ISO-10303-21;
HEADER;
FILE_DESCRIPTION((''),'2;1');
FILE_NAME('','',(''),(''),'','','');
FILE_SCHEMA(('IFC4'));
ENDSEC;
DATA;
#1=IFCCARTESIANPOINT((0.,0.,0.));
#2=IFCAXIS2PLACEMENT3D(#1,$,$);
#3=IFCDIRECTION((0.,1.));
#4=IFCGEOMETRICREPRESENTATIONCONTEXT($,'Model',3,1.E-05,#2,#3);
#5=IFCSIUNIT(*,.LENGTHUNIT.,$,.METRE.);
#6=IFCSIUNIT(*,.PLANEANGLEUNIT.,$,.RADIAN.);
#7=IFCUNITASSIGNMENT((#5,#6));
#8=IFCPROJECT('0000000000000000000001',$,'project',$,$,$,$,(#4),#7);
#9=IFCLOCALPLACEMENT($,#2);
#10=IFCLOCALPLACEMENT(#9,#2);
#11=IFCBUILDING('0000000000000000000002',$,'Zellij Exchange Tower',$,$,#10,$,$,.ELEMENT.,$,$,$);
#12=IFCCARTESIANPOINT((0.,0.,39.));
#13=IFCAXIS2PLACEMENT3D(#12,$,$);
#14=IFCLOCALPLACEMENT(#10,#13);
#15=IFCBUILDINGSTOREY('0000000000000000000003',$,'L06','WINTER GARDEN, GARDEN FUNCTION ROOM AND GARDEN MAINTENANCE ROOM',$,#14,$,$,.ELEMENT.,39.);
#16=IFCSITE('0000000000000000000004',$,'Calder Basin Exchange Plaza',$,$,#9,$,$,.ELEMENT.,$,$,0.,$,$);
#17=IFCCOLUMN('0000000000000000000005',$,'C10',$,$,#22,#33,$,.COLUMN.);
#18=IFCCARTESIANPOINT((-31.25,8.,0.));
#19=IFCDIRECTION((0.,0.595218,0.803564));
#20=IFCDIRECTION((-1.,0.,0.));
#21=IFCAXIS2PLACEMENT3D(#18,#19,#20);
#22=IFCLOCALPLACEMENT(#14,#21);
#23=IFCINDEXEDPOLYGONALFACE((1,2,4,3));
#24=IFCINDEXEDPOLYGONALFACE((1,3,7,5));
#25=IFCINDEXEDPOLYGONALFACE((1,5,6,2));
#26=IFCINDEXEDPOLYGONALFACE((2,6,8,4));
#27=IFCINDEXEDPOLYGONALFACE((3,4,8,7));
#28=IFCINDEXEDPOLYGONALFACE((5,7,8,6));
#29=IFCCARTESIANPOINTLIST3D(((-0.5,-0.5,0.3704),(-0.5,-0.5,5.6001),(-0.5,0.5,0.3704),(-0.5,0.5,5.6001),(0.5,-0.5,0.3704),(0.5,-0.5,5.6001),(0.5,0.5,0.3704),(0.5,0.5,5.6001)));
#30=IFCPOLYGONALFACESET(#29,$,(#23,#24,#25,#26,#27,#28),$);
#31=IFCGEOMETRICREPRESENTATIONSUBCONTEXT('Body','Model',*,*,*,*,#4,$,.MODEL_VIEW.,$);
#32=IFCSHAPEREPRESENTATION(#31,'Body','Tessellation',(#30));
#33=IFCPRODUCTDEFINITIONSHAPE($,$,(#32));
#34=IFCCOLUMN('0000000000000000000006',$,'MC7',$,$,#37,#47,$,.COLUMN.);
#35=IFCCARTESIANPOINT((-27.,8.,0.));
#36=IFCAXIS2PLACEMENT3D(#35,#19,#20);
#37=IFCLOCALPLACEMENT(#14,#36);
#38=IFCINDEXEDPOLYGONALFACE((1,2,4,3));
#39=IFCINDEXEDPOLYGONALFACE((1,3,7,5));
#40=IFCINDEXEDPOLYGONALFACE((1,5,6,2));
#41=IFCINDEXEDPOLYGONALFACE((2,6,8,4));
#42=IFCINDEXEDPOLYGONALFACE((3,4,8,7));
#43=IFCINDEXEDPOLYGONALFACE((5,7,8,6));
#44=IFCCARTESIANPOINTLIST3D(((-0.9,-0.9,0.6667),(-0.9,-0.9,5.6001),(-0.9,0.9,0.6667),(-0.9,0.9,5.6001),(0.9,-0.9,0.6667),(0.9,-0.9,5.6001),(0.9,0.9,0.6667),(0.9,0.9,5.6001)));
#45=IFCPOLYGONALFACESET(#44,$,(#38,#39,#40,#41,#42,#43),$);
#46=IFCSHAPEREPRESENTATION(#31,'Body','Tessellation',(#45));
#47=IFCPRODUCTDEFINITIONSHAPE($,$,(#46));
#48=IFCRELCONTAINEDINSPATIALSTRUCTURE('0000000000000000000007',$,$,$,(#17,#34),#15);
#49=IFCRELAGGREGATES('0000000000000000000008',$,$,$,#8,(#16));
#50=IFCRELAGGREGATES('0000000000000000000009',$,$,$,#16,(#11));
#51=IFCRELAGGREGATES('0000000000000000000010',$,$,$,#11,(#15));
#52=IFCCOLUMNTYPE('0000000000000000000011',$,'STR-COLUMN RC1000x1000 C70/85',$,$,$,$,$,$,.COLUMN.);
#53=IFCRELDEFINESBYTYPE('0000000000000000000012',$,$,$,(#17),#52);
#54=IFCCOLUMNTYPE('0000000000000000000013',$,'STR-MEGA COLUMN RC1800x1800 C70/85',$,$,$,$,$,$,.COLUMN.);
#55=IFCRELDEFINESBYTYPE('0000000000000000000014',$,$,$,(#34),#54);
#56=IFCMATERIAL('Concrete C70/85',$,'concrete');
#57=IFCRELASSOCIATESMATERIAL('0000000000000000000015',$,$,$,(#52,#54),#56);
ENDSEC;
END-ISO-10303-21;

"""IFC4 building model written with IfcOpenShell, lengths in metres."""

from ifc_helpers import new_model, si_unit, direction, frame, origin, origin_2d, place, context, subcontext, project, spatial, rectangle, extrude, clip, halfspace, material, material_profile, profile_set, type_object, element, save


model = new_model("IFC4")

# Units and contexts
model_context = context("Model", 3, precision=1e-05, world=origin(), true_north=direction((0.0, 1.0)))
body_context = subcontext(model_context, "Body", "Model", "MODEL_VIEW")
ifc_project = project(units=[si_unit("LENGTHUNIT", "METRE"), si_unit("PLANEANGLEUNIT", "RADIAN")], contexts=[model_context])

# Site, building, storey
site_placement = place(None, origin())
site = spatial("IfcSite", under=ifc_project, at=site_placement, Name="Calder Basin Exchange Plaza", CompositionType="ELEMENT", RefElevation=0.0)
building_placement = place(site_placement, origin())
building = spatial("IfcBuilding", under=site, at=building_placement, Name="Zellij Exchange Tower", CompositionType="ELEMENT")
storey_placement = place(building_placement, frame((0.0, 0.0, 39.0)))
storey = spatial("IfcBuildingStorey", under=building, at=storey_placement, Name="L06", Description="WINTER GARDEN, GARDEN FUNCTION ROOM AND GARDEN MAINTENANCE ROOM", CompositionType="ELEMENT", Elevation=39.0)

# Columns
ifc_material_1 = material(Name="Concrete C70/85", Category="concrete")
ifc_material_profile_1 = material_profile(ifc_material_1, rectangle(XDim=1.0, YDim=1.0, at=origin_2d()), Name="STR-COLUMN RC1000x1000 C70/85")
ifc_profile_set_1 = profile_set([ifc_material_profile_1], Name="Concrete C70/85")
column_type_1 = type_object("IfcColumnType", Name="STR-COLUMN RC1000x1000 C70/85", PredefinedType="COLUMN", material=ifc_profile_set_1)
column_1_placement = place(storey_placement, frame((-31.25, 8.0, 0.0), z_axis=(0.0, 0.595218, 0.803564), x_axis=(-1.0, 0.0, 0.0)))
element("IfcColumn", 1, at=column_1_placement, inside=storey, type_object=column_type_1, Name="C10", PredefinedType="COLUMN", context=body_context, shape_type="Clipping", body=[
    clip(extrude(rectangle(XDim=1.0, YDim=1.0, at=origin_2d()), origin(), (0.0, 0.0, 1.0), 5.6001), halfspace(frame((0.0, 0.0, 0.3704)), True)),
])
ifc_material_profile_2 = material_profile(ifc_material_1, rectangle(XDim=1.8, YDim=1.8, at=origin_2d()), Name="STR-MEGA COLUMN RC1800x1800 C70/85")
ifc_profile_set_2 = profile_set([ifc_material_profile_2], Name="Concrete C70/85")
column_type_2 = type_object("IfcColumnType", Name="STR-MEGA COLUMN RC1800x1800 C70/85", PredefinedType="COLUMN", material=ifc_profile_set_2)
column_2_placement = place(storey_placement, frame((-27.0, 8.0, 0.0), z_axis=(0.0, 0.595218, 0.803564), x_axis=(-1.0, 0.0, 0.0)))
element("IfcColumn", 2, at=column_2_placement, inside=storey, type_object=column_type_2, Name="MC7", PredefinedType="COLUMN", context=body_context, shape_type="Clipping", body=[
    clip(extrude(rectangle(XDim=1.8, YDim=1.8, at=origin_2d()), origin(), (0.0, 0.0, 1.0), 5.6001), halfspace(frame((0.0, 0.0, 0.6667)), True)),
])

save(model, "model.ifc")
